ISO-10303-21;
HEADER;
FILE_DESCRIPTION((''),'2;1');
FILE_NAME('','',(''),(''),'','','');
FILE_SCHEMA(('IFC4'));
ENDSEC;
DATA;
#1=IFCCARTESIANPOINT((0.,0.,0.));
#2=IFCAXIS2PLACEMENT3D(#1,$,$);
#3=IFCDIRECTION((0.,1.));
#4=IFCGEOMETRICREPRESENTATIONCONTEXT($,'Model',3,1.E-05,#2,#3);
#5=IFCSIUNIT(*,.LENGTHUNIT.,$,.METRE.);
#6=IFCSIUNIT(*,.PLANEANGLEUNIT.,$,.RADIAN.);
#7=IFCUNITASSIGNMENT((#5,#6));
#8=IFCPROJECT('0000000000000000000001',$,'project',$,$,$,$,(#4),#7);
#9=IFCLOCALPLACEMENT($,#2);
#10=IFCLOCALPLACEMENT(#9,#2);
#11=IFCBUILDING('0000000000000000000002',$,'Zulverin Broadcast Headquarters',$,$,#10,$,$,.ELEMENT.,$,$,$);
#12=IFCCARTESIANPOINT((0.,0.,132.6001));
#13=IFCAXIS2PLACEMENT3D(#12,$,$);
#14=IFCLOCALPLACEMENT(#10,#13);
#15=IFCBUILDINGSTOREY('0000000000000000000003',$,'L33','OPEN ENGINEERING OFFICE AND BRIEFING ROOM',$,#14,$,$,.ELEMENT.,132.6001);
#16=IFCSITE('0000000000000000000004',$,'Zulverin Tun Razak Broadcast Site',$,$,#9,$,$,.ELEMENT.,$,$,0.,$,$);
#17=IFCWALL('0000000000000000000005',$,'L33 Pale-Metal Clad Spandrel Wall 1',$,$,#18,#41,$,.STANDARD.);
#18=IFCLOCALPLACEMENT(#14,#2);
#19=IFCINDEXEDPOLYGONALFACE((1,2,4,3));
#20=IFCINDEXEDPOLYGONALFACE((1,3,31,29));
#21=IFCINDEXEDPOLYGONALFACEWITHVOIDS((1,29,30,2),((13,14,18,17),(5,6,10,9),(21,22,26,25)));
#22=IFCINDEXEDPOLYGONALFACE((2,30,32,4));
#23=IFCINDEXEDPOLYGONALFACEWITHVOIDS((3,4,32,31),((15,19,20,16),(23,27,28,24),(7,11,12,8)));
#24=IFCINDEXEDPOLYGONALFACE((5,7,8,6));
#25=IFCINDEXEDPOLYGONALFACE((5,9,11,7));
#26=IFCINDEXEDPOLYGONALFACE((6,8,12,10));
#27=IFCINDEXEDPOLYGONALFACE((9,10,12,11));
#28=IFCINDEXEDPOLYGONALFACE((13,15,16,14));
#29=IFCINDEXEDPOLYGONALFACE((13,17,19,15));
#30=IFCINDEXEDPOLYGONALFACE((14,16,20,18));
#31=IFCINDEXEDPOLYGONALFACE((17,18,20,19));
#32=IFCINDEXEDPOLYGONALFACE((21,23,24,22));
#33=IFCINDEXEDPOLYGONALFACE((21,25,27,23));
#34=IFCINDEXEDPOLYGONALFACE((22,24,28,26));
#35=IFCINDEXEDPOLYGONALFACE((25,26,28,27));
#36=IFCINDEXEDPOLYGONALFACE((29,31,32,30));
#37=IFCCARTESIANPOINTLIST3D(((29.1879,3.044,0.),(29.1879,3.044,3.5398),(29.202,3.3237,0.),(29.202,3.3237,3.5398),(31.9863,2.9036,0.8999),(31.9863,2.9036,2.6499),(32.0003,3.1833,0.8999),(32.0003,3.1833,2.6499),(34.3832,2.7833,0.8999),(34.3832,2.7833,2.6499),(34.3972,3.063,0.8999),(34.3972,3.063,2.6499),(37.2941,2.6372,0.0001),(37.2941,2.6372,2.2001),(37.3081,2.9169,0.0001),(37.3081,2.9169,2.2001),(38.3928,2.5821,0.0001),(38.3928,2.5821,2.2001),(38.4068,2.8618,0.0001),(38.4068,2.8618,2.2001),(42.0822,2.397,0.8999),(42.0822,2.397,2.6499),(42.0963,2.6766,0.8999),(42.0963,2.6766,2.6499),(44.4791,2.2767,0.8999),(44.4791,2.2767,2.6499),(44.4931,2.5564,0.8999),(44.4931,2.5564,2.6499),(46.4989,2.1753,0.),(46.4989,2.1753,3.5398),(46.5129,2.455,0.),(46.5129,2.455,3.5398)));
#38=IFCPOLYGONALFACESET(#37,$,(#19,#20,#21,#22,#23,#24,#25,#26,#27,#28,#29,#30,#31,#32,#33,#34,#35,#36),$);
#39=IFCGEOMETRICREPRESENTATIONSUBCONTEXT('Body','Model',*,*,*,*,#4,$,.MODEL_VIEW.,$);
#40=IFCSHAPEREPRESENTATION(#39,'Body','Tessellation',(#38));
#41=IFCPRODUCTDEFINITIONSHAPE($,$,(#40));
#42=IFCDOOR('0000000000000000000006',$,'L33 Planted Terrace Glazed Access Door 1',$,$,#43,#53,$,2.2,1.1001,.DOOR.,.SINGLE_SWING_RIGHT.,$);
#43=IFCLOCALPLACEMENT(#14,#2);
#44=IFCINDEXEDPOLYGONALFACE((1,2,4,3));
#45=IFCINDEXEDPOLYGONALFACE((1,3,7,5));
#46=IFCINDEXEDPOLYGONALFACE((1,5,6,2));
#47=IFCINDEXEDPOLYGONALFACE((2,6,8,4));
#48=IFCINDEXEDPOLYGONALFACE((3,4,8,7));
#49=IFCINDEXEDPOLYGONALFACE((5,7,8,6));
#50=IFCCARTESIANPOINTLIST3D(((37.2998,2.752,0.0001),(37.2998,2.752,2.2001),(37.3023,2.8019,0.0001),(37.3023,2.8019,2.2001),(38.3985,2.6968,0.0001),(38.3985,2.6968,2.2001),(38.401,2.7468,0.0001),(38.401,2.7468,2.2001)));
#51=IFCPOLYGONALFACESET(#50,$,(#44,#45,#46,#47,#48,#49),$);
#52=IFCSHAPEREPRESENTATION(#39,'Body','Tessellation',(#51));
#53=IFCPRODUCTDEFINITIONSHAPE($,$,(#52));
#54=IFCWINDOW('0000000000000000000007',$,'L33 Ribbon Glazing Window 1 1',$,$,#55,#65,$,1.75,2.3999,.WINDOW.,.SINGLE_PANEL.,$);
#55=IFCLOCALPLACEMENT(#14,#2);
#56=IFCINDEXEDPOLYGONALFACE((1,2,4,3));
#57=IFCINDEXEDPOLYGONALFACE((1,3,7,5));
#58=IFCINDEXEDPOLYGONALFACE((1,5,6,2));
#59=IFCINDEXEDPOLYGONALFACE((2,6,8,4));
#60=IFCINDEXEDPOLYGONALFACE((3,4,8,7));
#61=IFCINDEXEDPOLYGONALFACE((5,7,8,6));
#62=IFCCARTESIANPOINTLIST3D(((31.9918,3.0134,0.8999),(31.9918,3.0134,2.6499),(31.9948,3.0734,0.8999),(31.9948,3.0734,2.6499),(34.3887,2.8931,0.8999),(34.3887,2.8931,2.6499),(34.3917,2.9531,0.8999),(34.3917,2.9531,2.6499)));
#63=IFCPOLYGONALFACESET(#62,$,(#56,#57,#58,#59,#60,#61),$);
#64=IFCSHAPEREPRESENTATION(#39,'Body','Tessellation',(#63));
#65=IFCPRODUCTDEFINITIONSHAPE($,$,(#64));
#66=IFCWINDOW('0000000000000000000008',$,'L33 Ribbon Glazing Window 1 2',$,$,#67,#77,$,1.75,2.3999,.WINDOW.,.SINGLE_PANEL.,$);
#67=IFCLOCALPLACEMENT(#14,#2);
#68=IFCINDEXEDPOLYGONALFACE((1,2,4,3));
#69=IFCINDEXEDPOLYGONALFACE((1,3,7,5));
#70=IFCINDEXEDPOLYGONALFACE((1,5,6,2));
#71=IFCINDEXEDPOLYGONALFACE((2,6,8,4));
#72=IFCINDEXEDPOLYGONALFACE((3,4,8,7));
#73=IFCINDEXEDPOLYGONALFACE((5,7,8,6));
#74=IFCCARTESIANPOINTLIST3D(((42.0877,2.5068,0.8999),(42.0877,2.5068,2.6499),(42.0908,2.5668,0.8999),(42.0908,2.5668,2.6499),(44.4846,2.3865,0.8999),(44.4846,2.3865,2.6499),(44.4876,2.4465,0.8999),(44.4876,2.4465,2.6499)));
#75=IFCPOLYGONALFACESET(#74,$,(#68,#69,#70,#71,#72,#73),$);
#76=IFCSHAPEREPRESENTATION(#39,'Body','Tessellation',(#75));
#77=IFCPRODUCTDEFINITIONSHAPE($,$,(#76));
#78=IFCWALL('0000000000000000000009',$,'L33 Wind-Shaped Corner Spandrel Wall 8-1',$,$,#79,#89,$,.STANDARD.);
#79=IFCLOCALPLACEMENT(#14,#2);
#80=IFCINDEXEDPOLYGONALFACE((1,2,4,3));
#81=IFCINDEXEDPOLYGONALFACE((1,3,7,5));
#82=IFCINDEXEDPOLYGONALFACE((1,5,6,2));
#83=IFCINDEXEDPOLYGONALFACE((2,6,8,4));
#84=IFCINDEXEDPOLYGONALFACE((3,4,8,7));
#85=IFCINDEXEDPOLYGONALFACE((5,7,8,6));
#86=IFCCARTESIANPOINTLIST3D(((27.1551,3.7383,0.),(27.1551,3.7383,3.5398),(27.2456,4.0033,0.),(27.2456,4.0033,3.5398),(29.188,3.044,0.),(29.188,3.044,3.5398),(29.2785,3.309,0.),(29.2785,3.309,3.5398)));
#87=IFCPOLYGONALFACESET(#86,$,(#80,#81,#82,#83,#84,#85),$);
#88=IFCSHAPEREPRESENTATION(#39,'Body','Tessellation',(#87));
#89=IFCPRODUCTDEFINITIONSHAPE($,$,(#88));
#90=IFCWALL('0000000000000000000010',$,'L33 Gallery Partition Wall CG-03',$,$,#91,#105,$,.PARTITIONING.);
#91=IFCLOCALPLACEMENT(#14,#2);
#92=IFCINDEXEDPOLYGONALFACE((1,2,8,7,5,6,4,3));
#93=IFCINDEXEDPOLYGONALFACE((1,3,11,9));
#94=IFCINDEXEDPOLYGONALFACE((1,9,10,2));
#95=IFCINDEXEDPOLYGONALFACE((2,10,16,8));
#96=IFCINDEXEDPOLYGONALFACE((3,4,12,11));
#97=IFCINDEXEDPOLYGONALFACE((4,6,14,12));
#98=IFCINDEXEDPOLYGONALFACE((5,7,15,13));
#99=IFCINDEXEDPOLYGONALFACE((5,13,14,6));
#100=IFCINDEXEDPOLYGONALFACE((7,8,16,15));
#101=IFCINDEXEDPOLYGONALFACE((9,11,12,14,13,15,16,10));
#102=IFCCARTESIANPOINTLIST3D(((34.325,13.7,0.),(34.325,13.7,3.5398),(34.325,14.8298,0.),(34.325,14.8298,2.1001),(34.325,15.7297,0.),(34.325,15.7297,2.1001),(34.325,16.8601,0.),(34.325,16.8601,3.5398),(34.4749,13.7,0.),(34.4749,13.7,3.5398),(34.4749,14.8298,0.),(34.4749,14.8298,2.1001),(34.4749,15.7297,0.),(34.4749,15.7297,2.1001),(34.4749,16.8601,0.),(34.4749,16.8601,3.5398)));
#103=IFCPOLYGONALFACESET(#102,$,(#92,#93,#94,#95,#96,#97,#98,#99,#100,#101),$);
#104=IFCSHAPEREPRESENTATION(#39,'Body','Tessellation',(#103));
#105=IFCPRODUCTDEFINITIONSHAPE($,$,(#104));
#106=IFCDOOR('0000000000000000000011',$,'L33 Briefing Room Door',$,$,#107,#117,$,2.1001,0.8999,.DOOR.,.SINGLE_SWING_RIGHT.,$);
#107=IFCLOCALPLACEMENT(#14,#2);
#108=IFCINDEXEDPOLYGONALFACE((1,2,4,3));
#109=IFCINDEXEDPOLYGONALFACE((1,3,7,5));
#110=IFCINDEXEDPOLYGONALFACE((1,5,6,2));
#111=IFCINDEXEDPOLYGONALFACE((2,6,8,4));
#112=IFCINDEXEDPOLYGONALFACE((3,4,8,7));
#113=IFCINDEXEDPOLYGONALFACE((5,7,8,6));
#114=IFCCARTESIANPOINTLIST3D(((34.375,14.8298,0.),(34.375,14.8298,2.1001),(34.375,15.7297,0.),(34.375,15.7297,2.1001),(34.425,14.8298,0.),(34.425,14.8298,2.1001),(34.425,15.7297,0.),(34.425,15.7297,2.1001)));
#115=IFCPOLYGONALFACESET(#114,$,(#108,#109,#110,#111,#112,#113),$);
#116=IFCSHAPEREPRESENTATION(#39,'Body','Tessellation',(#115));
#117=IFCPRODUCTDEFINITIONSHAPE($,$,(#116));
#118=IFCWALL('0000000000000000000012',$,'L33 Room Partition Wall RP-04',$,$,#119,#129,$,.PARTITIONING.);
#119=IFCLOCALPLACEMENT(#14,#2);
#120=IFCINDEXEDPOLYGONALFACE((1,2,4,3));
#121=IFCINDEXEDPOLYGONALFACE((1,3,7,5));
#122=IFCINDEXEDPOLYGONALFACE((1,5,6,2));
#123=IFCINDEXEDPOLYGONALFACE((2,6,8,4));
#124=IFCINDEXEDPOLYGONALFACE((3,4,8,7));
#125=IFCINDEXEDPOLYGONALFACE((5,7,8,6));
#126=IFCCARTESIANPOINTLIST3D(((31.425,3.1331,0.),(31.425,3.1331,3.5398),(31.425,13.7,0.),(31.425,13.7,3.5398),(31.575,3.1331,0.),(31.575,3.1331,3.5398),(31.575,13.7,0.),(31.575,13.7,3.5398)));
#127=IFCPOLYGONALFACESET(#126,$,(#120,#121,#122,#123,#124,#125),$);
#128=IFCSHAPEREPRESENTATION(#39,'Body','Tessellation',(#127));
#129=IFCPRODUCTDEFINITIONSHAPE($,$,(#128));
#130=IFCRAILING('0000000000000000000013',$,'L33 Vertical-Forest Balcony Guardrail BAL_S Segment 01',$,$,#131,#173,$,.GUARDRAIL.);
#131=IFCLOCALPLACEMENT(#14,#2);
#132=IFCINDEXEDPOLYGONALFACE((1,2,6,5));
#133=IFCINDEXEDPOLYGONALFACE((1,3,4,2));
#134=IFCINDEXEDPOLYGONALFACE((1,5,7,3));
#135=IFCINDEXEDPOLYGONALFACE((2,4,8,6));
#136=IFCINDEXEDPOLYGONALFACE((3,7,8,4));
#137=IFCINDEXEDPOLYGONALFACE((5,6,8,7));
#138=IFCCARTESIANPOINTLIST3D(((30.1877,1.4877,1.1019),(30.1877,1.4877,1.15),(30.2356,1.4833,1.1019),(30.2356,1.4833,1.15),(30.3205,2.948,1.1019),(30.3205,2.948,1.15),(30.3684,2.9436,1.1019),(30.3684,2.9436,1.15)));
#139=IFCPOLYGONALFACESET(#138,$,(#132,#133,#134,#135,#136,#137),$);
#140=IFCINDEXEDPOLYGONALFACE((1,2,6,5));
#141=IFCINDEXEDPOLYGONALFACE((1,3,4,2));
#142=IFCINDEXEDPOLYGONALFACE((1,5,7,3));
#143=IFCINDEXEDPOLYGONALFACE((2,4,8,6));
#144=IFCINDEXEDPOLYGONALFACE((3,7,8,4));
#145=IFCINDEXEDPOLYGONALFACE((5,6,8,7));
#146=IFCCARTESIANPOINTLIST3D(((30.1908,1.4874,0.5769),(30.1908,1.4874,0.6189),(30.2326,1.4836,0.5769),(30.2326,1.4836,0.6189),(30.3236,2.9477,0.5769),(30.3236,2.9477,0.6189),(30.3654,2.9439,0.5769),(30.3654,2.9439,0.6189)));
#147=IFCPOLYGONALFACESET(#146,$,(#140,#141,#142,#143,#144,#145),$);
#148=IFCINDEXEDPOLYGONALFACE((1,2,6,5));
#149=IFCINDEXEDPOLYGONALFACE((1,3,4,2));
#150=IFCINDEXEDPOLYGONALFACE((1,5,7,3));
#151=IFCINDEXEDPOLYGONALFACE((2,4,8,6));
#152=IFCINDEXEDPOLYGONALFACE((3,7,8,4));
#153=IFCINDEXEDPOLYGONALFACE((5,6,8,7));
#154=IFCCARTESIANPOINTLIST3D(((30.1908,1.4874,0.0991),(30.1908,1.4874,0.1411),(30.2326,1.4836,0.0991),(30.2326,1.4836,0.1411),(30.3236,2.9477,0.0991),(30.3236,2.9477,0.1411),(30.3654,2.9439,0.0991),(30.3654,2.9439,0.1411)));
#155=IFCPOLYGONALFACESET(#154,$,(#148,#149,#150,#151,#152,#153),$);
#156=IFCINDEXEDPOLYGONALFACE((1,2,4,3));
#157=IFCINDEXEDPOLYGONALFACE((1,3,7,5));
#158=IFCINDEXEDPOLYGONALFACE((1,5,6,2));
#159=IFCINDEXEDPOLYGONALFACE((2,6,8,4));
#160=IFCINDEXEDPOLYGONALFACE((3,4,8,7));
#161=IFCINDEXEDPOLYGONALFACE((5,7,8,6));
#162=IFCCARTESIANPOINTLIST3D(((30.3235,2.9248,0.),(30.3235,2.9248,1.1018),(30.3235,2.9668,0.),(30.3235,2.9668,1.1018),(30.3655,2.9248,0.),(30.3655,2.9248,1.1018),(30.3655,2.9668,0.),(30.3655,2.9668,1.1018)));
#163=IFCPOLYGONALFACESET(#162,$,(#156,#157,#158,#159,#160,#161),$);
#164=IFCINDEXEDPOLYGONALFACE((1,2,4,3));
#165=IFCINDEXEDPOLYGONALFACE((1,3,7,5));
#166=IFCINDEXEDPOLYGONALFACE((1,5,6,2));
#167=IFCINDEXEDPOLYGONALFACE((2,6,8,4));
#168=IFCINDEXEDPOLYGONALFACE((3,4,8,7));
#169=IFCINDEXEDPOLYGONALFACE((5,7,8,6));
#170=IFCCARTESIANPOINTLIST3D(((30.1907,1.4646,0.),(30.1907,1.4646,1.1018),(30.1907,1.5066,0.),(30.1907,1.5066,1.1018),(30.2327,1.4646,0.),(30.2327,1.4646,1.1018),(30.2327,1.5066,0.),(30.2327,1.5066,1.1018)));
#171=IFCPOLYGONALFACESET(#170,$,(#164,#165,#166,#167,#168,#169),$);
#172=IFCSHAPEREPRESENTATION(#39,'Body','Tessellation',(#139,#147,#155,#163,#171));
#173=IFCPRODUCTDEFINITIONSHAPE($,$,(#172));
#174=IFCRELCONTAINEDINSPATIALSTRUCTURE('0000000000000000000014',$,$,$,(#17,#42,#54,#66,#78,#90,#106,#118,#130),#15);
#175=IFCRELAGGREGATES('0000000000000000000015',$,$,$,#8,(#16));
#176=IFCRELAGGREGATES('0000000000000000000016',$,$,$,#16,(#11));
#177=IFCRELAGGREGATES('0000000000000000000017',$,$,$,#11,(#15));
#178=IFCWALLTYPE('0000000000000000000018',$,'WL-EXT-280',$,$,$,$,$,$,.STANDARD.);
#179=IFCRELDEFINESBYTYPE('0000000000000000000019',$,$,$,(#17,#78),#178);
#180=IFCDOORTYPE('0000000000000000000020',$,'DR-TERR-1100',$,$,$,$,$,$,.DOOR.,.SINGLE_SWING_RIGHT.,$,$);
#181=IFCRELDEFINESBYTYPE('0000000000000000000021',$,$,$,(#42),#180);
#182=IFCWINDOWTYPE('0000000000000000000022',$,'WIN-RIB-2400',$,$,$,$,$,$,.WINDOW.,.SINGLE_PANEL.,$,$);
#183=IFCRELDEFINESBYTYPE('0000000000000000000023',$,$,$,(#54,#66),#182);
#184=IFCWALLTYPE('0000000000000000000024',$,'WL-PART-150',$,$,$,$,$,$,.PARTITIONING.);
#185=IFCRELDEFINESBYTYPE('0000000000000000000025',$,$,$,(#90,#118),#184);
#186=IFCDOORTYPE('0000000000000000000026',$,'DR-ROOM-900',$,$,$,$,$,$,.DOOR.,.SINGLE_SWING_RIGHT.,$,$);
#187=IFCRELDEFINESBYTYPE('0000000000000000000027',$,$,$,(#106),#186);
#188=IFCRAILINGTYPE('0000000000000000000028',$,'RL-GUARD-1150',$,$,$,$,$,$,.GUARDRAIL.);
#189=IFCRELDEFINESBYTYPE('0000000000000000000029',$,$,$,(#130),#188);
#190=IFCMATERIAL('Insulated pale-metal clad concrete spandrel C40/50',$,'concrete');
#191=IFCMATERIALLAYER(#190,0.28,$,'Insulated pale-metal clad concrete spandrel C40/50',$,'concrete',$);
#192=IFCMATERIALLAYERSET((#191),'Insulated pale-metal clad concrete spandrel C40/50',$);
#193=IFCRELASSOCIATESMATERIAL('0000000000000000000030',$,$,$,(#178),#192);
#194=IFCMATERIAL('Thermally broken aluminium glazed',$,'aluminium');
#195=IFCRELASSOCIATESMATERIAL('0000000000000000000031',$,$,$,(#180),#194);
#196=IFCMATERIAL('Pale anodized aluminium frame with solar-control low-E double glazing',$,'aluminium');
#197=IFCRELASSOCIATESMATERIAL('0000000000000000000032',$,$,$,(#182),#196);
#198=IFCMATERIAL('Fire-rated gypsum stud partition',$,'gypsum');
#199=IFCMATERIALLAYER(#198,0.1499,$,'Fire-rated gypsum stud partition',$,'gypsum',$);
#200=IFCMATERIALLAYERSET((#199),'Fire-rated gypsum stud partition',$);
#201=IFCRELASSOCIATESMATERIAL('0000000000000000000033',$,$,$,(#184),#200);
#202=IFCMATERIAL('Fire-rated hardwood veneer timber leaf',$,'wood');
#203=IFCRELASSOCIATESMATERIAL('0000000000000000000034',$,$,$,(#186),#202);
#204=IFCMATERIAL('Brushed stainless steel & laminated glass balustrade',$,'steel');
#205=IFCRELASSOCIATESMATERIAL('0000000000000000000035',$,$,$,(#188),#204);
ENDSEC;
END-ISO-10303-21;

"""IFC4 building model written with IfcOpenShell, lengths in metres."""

from ifc_helpers import new_model, si_unit, direction, frame, frame_2d, origin, origin_2d, place, context, subcontext, project, spatial, rectangle, extrude, material, layer, layer_set, type_object, element, fill, save


model = new_model("IFC4")

# Units and contexts
model_context = context("Model", 3, precision=1e-05, world=origin(), true_north=direction((0.0, 1.0)))
body_context = subcontext(model_context, "Body", "Model", "MODEL_VIEW")
ifc_project = project(units=[si_unit("LENGTHUNIT", "METRE"), si_unit("PLANEANGLEUNIT", "RADIAN")], contexts=[model_context])

# Site, building, storey
site_placement = place(None, origin())
site = spatial("IfcSite", under=ifc_project, at=site_placement, Name="Zulverin Tun Razak Broadcast Site", CompositionType="ELEMENT", RefElevation=0.0)
building_placement = place(site_placement, origin())
building = spatial("IfcBuilding", under=site, at=building_placement, Name="Zulverin Broadcast Headquarters", CompositionType="ELEMENT")
storey_placement = place(building_placement, frame((0.0, 0.0, 132.6001)))
storey = spatial("IfcBuildingStorey", under=building, at=storey_placement, Name="L33", Description="OPEN ENGINEERING OFFICE AND BRIEFING ROOM", CompositionType="ELEMENT", Elevation=132.6001)

# Wall, openings, door, windows
ifc_material_1 = material(Name="Insulated pale-metal clad concrete spandrel C40/50", Category="concrete")
ifc_layer_1 = layer(ifc_material_1, 0.28, Name="Insulated pale-metal clad concrete spandrel C40/50", Category="concrete")
ifc_layer_set_1 = layer_set([ifc_layer_1], Name="Insulated pale-metal clad concrete spandrel C40/50")
wall_type_1 = type_object("IfcWallType", Name="WL-EXT-280", PredefinedType="STANDARD", material=ifc_layer_set_1)
wall_1_placement = place(storey_placement, frame((29.1948, 3.1838, 0.0), z_axis=(0.0, 0.0, 1.0), x_axis=(0.998743, -0.050116, 0.0)))
wall_1 = element("IfcWall", 1, at=wall_1_placement, inside=storey, type_object=wall_type_1, Name="L33 Pale-Metal Clad Spandrel Wall 1", PredefinedType="STANDARD", context=body_context, shape_type="SweptSolid", body=[
    extrude(rectangle(XDim=17.3328, YDim=0.28, at=frame_2d((8.6665, 0.0))), origin(), (0.0, 0.0, 1.0), 3.5398),
])
opening_1_placement = place(wall_1_placement, frame((8.1165, 0.0, 0.0)))
opening_1 = element("IfcOpeningElement", 2, at=opening_1_placement, cuts=wall_1, PredefinedType="OPENING", context=body_context, shape_type="SweptSolid", body=[
    extrude(rectangle(XDim=1.1001, YDim=2.2, at=frame_2d((0.55, 1.1001))), frame((0.0, 0.1499, 0.0), z_axis=(0.0, -1.0, 0.0), x_axis=(1.0, 0.0, 0.0)), (0.0, 0.0, 1.0), 0.3),
])
opening_2_placement = place(wall_1_placement, frame((2.802, 0.0, 0.8999)))
opening_2 = element("IfcOpeningElement", 3, at=opening_2_placement, cuts=wall_1, PredefinedType="OPENING", context=body_context, shape_type="SweptSolid", body=[
    extrude(rectangle(XDim=2.3999, YDim=1.75, at=frame_2d((1.2, 0.875))), frame((0.0, 0.1499, 0.0), z_axis=(0.0, -1.0, 0.0), x_axis=(1.0, 0.0, 0.0)), (0.0, 0.0, 1.0), 0.3),
])
opening_3_placement = place(wall_1_placement, frame((12.9106, 0.0, 0.8999)))
opening_3 = element("IfcOpeningElement", 4, at=opening_3_placement, cuts=wall_1, PredefinedType="OPENING", context=body_context, shape_type="SweptSolid", body=[
    extrude(rectangle(XDim=2.3999, YDim=1.75, at=frame_2d((1.2, 0.875))), frame((0.0, 0.1499, 0.0), z_axis=(0.0, -1.0, 0.0), x_axis=(1.0, 0.0, 0.0)), (0.0, 0.0, 1.0), 0.3),
])
ifc_material_2 = material(Name="Thermally broken aluminium glazed", Category="aluminium")
door_type_1 = type_object("IfcDoorType", Name="DR-TERR-1100", OperationType="SINGLE_SWING_RIGHT", PredefinedType="DOOR", material=ifc_material_2)
door_1_placement = place(opening_1_placement, origin())
door_1 = element("IfcDoor", 5, at=door_1_placement, inside=storey, type_object=door_type_1, Name="L33 Planted Terrace Glazed Access Door 1", OperationType="SINGLE_SWING_RIGHT", OverallHeight=2.2, OverallWidth=1.1001, PredefinedType="DOOR", context=body_context, shape_type="SweptSolid", body=[
    extrude(rectangle(XDim=1.1001, YDim=2.2, at=frame_2d((0.55, 1.1001))), frame((0.0, 0.0249, 0.0), z_axis=(0.0, -1.0, 0.0), x_axis=(1.0, 0.0, 0.0)), (0.0, 0.0, 1.0), 0.05),
])
fill(opening_1, door_1)
ifc_material_3 = material(Name="Pale anodized aluminium frame with solar-control low-E double glazing", Category="aluminium")
window_type = type_object("IfcWindowType", Name="WIN-RIB-2400", PartitioningType="SINGLE_PANEL", PredefinedType="WINDOW", material=ifc_material_3)
window_1_placement = place(opening_2_placement, origin())
window_1 = element("IfcWindow", 6, at=window_1_placement, inside=storey, type_object=window_type, Name="L33 Ribbon Glazing Window 1 1", OverallHeight=1.75, OverallWidth=2.3999, PartitioningType="SINGLE_PANEL", PredefinedType="WINDOW", context=body_context, shape_type="SweptSolid", body=[
    extrude(rectangle(XDim=2.3999, YDim=1.75, at=frame_2d((1.2, 0.875))), frame((0.0, 0.03, 0.0), z_axis=(0.0, -1.0, 0.0), x_axis=(1.0, 0.0, 0.0)), (0.0, 0.0, 1.0), 0.0601),
])
fill(opening_2, window_1)
window_2_placement = place(opening_3_placement, origin())
window_2 = element("IfcWindow", 7, at=window_2_placement, inside=storey, type_object=window_type, Name="L33 Ribbon Glazing Window 1 2", OverallHeight=1.75, OverallWidth=2.3999, PartitioningType="SINGLE_PANEL", PredefinedType="WINDOW", context=body_context, shape_type="SweptSolid", body=[
    extrude(rectangle(XDim=2.3999, YDim=1.75, at=frame_2d((1.2, 0.875))), frame((0.0, 0.03, 0.0), z_axis=(0.0, -1.0, 0.0), x_axis=(1.0, 0.0, 0.0)), (0.0, 0.0, 1.0), 0.0601),
])
fill(opening_3, window_2)

# Wall
wall_2_placement = place(storey_placement, frame((27.2002, 3.8708, 0.0), z_axis=(0.0, 0.0, 1.0), x_axis=(0.946328, -0.323208, 0.0)))
element("IfcWall", 8, at=wall_2_placement, inside=storey, type_object=wall_type_1, Name="L33 Wind-Shaped Corner Spandrel Wall 8-1", PredefinedType="STANDARD", context=body_context, shape_type="SweptSolid", body=[
    extrude(rectangle(XDim=2.1482, YDim=0.28, at=frame_2d((1.0742, 0.0))), origin(), (0.0, 0.0, 1.0), 3.5398),
])

# Wall, opening, door
ifc_material_4 = material(Name="Fire-rated gypsum stud partition", Category="gypsum")
ifc_layer_2 = layer(ifc_material_4, 0.1499, Name="Fire-rated gypsum stud partition", Category="gypsum")
ifc_layer_set_2 = layer_set([ifc_layer_2], Name="Fire-rated gypsum stud partition")
wall_type_2 = type_object("IfcWallType", Name="WL-PART-150", PredefinedType="PARTITIONING", material=ifc_layer_set_2)
wall_3_placement = place(storey_placement, frame((34.3999, 13.7, 0.0), z_axis=(0.0, 0.0, 1.0), x_axis=(0.0, 1.0, 0.0)))
wall_3 = element("IfcWall", 9, at=wall_3_placement, inside=storey, type_object=wall_type_2, Name="L33 Gallery Partition Wall CG-03", PredefinedType="PARTITIONING", context=body_context, shape_type="SweptSolid", body=[
    extrude(rectangle(XDim=3.1602, YDim=0.1499, at=frame_2d((1.5801, 0.0))), origin(), (0.0, 0.0, 1.0), 3.5398),
])
opening_4_placement = place(wall_3_placement, frame((1.1299, 0.0, 0.0)))
opening_4 = element("IfcOpeningElement", 10, at=opening_4_placement, cuts=wall_3, PredefinedType="OPENING", context=body_context, shape_type="SweptSolid", body=[
    extrude(rectangle(XDim=0.8999, YDim=2.1001, at=frame_2d((0.45, 1.05))), frame((0.0, 0.085, 0.0), z_axis=(0.0, -1.0, 0.0), x_axis=(1.0, 0.0, 0.0)), (0.0, 0.0, 1.0), 0.1699),
])
ifc_material_5 = material(Name="Fire-rated hardwood veneer timber leaf", Category="wood")
door_type_2 = type_object("IfcDoorType", Name="DR-ROOM-900", OperationType="SINGLE_SWING_RIGHT", PredefinedType="DOOR", material=ifc_material_5)
door_2_placement = place(opening_4_placement, origin())
door_2 = element("IfcDoor", 11, at=door_2_placement, inside=storey, type_object=door_type_2, Name="L33 Briefing Room Door", OperationType="SINGLE_SWING_RIGHT", OverallHeight=2.1001, OverallWidth=0.8999, PredefinedType="DOOR", context=body_context, shape_type="SweptSolid", body=[
    extrude(rectangle(XDim=0.8999, YDim=2.1001, at=frame_2d((0.45, 1.05))), frame((0.0, 0.0249, 0.0), z_axis=(0.0, -1.0, 0.0), x_axis=(1.0, 0.0, 0.0)), (0.0, 0.0, 1.0), 0.05),
])
fill(opening_4, door_2)

# Wall
wall_4_placement = place(storey_placement, frame((31.5, 3.1331, 0.0), z_axis=(0.0, 0.0, 1.0), x_axis=(0.0, 1.0, 0.0)))
element("IfcWall", 12, at=wall_4_placement, inside=storey, type_object=wall_type_2, Name="L33 Room Partition Wall RP-04", PredefinedType="PARTITIONING", context=body_context, shape_type="SweptSolid", body=[
    extrude(rectangle(XDim=10.5669, YDim=0.1499, at=frame_2d((5.2834, 0.0))), origin(), (0.0, 0.0, 1.0), 3.5398),
])

# Railing
ifc_material_6 = material(Name="Brushed stainless steel & laminated glass balustrade", Category="steel")
railing_type = type_object("IfcRailingType", Name="RL-GUARD-1150", PredefinedType="GUARDRAIL", material=ifc_material_6)
railing_1_placement = place(storey_placement, frame((30.3445, 2.9458, 0.0)))
element("IfcRailing", 13, at=railing_1_placement, inside=storey, type_object=railing_type, Name="L33 Vertical-Forest Balcony Guardrail BAL_S Segment 01", PredefinedType="GUARDRAIL", context=body_context, shape_type="SweptSolid", body=[
    extrude(rectangle(XDim=0.0481, YDim=0.0481, at=origin_2d()), frame((0.0, 0.0, 1.126), z_axis=(-0.090581, -0.995889, 0.0), x_axis=(0.995889, -0.090581, 0.0)), (0.0, 0.0, 1.0), 1.4663),
    extrude(rectangle(XDim=0.042, YDim=0.042, at=origin_2d()), frame((0.0, 0.0, 0.5979), z_axis=(-0.090581, -0.995889, 0.0), x_axis=(0.995889, -0.090581, 0.0)), (0.0, 0.0, 1.0), 1.4663),
    extrude(rectangle(XDim=0.042, YDim=0.042, at=origin_2d()), frame((0.0, 0.0, 0.1201), z_axis=(-0.090581, -0.995889, 0.0), x_axis=(0.995889, -0.090581, 0.0)), (0.0, 0.0, 1.0), 1.4663),
    extrude(rectangle(XDim=0.042, YDim=0.042, at=origin_2d()), origin(), (0.0, 0.0, 1.0), 1.1018),
    extrude(rectangle(XDim=0.042, YDim=0.042, at=origin_2d()), frame((-0.1328, -1.4602, 0.0)), (0.0, 0.0, 1.0), 1.1018),
])

save(model, "model.ifc")
